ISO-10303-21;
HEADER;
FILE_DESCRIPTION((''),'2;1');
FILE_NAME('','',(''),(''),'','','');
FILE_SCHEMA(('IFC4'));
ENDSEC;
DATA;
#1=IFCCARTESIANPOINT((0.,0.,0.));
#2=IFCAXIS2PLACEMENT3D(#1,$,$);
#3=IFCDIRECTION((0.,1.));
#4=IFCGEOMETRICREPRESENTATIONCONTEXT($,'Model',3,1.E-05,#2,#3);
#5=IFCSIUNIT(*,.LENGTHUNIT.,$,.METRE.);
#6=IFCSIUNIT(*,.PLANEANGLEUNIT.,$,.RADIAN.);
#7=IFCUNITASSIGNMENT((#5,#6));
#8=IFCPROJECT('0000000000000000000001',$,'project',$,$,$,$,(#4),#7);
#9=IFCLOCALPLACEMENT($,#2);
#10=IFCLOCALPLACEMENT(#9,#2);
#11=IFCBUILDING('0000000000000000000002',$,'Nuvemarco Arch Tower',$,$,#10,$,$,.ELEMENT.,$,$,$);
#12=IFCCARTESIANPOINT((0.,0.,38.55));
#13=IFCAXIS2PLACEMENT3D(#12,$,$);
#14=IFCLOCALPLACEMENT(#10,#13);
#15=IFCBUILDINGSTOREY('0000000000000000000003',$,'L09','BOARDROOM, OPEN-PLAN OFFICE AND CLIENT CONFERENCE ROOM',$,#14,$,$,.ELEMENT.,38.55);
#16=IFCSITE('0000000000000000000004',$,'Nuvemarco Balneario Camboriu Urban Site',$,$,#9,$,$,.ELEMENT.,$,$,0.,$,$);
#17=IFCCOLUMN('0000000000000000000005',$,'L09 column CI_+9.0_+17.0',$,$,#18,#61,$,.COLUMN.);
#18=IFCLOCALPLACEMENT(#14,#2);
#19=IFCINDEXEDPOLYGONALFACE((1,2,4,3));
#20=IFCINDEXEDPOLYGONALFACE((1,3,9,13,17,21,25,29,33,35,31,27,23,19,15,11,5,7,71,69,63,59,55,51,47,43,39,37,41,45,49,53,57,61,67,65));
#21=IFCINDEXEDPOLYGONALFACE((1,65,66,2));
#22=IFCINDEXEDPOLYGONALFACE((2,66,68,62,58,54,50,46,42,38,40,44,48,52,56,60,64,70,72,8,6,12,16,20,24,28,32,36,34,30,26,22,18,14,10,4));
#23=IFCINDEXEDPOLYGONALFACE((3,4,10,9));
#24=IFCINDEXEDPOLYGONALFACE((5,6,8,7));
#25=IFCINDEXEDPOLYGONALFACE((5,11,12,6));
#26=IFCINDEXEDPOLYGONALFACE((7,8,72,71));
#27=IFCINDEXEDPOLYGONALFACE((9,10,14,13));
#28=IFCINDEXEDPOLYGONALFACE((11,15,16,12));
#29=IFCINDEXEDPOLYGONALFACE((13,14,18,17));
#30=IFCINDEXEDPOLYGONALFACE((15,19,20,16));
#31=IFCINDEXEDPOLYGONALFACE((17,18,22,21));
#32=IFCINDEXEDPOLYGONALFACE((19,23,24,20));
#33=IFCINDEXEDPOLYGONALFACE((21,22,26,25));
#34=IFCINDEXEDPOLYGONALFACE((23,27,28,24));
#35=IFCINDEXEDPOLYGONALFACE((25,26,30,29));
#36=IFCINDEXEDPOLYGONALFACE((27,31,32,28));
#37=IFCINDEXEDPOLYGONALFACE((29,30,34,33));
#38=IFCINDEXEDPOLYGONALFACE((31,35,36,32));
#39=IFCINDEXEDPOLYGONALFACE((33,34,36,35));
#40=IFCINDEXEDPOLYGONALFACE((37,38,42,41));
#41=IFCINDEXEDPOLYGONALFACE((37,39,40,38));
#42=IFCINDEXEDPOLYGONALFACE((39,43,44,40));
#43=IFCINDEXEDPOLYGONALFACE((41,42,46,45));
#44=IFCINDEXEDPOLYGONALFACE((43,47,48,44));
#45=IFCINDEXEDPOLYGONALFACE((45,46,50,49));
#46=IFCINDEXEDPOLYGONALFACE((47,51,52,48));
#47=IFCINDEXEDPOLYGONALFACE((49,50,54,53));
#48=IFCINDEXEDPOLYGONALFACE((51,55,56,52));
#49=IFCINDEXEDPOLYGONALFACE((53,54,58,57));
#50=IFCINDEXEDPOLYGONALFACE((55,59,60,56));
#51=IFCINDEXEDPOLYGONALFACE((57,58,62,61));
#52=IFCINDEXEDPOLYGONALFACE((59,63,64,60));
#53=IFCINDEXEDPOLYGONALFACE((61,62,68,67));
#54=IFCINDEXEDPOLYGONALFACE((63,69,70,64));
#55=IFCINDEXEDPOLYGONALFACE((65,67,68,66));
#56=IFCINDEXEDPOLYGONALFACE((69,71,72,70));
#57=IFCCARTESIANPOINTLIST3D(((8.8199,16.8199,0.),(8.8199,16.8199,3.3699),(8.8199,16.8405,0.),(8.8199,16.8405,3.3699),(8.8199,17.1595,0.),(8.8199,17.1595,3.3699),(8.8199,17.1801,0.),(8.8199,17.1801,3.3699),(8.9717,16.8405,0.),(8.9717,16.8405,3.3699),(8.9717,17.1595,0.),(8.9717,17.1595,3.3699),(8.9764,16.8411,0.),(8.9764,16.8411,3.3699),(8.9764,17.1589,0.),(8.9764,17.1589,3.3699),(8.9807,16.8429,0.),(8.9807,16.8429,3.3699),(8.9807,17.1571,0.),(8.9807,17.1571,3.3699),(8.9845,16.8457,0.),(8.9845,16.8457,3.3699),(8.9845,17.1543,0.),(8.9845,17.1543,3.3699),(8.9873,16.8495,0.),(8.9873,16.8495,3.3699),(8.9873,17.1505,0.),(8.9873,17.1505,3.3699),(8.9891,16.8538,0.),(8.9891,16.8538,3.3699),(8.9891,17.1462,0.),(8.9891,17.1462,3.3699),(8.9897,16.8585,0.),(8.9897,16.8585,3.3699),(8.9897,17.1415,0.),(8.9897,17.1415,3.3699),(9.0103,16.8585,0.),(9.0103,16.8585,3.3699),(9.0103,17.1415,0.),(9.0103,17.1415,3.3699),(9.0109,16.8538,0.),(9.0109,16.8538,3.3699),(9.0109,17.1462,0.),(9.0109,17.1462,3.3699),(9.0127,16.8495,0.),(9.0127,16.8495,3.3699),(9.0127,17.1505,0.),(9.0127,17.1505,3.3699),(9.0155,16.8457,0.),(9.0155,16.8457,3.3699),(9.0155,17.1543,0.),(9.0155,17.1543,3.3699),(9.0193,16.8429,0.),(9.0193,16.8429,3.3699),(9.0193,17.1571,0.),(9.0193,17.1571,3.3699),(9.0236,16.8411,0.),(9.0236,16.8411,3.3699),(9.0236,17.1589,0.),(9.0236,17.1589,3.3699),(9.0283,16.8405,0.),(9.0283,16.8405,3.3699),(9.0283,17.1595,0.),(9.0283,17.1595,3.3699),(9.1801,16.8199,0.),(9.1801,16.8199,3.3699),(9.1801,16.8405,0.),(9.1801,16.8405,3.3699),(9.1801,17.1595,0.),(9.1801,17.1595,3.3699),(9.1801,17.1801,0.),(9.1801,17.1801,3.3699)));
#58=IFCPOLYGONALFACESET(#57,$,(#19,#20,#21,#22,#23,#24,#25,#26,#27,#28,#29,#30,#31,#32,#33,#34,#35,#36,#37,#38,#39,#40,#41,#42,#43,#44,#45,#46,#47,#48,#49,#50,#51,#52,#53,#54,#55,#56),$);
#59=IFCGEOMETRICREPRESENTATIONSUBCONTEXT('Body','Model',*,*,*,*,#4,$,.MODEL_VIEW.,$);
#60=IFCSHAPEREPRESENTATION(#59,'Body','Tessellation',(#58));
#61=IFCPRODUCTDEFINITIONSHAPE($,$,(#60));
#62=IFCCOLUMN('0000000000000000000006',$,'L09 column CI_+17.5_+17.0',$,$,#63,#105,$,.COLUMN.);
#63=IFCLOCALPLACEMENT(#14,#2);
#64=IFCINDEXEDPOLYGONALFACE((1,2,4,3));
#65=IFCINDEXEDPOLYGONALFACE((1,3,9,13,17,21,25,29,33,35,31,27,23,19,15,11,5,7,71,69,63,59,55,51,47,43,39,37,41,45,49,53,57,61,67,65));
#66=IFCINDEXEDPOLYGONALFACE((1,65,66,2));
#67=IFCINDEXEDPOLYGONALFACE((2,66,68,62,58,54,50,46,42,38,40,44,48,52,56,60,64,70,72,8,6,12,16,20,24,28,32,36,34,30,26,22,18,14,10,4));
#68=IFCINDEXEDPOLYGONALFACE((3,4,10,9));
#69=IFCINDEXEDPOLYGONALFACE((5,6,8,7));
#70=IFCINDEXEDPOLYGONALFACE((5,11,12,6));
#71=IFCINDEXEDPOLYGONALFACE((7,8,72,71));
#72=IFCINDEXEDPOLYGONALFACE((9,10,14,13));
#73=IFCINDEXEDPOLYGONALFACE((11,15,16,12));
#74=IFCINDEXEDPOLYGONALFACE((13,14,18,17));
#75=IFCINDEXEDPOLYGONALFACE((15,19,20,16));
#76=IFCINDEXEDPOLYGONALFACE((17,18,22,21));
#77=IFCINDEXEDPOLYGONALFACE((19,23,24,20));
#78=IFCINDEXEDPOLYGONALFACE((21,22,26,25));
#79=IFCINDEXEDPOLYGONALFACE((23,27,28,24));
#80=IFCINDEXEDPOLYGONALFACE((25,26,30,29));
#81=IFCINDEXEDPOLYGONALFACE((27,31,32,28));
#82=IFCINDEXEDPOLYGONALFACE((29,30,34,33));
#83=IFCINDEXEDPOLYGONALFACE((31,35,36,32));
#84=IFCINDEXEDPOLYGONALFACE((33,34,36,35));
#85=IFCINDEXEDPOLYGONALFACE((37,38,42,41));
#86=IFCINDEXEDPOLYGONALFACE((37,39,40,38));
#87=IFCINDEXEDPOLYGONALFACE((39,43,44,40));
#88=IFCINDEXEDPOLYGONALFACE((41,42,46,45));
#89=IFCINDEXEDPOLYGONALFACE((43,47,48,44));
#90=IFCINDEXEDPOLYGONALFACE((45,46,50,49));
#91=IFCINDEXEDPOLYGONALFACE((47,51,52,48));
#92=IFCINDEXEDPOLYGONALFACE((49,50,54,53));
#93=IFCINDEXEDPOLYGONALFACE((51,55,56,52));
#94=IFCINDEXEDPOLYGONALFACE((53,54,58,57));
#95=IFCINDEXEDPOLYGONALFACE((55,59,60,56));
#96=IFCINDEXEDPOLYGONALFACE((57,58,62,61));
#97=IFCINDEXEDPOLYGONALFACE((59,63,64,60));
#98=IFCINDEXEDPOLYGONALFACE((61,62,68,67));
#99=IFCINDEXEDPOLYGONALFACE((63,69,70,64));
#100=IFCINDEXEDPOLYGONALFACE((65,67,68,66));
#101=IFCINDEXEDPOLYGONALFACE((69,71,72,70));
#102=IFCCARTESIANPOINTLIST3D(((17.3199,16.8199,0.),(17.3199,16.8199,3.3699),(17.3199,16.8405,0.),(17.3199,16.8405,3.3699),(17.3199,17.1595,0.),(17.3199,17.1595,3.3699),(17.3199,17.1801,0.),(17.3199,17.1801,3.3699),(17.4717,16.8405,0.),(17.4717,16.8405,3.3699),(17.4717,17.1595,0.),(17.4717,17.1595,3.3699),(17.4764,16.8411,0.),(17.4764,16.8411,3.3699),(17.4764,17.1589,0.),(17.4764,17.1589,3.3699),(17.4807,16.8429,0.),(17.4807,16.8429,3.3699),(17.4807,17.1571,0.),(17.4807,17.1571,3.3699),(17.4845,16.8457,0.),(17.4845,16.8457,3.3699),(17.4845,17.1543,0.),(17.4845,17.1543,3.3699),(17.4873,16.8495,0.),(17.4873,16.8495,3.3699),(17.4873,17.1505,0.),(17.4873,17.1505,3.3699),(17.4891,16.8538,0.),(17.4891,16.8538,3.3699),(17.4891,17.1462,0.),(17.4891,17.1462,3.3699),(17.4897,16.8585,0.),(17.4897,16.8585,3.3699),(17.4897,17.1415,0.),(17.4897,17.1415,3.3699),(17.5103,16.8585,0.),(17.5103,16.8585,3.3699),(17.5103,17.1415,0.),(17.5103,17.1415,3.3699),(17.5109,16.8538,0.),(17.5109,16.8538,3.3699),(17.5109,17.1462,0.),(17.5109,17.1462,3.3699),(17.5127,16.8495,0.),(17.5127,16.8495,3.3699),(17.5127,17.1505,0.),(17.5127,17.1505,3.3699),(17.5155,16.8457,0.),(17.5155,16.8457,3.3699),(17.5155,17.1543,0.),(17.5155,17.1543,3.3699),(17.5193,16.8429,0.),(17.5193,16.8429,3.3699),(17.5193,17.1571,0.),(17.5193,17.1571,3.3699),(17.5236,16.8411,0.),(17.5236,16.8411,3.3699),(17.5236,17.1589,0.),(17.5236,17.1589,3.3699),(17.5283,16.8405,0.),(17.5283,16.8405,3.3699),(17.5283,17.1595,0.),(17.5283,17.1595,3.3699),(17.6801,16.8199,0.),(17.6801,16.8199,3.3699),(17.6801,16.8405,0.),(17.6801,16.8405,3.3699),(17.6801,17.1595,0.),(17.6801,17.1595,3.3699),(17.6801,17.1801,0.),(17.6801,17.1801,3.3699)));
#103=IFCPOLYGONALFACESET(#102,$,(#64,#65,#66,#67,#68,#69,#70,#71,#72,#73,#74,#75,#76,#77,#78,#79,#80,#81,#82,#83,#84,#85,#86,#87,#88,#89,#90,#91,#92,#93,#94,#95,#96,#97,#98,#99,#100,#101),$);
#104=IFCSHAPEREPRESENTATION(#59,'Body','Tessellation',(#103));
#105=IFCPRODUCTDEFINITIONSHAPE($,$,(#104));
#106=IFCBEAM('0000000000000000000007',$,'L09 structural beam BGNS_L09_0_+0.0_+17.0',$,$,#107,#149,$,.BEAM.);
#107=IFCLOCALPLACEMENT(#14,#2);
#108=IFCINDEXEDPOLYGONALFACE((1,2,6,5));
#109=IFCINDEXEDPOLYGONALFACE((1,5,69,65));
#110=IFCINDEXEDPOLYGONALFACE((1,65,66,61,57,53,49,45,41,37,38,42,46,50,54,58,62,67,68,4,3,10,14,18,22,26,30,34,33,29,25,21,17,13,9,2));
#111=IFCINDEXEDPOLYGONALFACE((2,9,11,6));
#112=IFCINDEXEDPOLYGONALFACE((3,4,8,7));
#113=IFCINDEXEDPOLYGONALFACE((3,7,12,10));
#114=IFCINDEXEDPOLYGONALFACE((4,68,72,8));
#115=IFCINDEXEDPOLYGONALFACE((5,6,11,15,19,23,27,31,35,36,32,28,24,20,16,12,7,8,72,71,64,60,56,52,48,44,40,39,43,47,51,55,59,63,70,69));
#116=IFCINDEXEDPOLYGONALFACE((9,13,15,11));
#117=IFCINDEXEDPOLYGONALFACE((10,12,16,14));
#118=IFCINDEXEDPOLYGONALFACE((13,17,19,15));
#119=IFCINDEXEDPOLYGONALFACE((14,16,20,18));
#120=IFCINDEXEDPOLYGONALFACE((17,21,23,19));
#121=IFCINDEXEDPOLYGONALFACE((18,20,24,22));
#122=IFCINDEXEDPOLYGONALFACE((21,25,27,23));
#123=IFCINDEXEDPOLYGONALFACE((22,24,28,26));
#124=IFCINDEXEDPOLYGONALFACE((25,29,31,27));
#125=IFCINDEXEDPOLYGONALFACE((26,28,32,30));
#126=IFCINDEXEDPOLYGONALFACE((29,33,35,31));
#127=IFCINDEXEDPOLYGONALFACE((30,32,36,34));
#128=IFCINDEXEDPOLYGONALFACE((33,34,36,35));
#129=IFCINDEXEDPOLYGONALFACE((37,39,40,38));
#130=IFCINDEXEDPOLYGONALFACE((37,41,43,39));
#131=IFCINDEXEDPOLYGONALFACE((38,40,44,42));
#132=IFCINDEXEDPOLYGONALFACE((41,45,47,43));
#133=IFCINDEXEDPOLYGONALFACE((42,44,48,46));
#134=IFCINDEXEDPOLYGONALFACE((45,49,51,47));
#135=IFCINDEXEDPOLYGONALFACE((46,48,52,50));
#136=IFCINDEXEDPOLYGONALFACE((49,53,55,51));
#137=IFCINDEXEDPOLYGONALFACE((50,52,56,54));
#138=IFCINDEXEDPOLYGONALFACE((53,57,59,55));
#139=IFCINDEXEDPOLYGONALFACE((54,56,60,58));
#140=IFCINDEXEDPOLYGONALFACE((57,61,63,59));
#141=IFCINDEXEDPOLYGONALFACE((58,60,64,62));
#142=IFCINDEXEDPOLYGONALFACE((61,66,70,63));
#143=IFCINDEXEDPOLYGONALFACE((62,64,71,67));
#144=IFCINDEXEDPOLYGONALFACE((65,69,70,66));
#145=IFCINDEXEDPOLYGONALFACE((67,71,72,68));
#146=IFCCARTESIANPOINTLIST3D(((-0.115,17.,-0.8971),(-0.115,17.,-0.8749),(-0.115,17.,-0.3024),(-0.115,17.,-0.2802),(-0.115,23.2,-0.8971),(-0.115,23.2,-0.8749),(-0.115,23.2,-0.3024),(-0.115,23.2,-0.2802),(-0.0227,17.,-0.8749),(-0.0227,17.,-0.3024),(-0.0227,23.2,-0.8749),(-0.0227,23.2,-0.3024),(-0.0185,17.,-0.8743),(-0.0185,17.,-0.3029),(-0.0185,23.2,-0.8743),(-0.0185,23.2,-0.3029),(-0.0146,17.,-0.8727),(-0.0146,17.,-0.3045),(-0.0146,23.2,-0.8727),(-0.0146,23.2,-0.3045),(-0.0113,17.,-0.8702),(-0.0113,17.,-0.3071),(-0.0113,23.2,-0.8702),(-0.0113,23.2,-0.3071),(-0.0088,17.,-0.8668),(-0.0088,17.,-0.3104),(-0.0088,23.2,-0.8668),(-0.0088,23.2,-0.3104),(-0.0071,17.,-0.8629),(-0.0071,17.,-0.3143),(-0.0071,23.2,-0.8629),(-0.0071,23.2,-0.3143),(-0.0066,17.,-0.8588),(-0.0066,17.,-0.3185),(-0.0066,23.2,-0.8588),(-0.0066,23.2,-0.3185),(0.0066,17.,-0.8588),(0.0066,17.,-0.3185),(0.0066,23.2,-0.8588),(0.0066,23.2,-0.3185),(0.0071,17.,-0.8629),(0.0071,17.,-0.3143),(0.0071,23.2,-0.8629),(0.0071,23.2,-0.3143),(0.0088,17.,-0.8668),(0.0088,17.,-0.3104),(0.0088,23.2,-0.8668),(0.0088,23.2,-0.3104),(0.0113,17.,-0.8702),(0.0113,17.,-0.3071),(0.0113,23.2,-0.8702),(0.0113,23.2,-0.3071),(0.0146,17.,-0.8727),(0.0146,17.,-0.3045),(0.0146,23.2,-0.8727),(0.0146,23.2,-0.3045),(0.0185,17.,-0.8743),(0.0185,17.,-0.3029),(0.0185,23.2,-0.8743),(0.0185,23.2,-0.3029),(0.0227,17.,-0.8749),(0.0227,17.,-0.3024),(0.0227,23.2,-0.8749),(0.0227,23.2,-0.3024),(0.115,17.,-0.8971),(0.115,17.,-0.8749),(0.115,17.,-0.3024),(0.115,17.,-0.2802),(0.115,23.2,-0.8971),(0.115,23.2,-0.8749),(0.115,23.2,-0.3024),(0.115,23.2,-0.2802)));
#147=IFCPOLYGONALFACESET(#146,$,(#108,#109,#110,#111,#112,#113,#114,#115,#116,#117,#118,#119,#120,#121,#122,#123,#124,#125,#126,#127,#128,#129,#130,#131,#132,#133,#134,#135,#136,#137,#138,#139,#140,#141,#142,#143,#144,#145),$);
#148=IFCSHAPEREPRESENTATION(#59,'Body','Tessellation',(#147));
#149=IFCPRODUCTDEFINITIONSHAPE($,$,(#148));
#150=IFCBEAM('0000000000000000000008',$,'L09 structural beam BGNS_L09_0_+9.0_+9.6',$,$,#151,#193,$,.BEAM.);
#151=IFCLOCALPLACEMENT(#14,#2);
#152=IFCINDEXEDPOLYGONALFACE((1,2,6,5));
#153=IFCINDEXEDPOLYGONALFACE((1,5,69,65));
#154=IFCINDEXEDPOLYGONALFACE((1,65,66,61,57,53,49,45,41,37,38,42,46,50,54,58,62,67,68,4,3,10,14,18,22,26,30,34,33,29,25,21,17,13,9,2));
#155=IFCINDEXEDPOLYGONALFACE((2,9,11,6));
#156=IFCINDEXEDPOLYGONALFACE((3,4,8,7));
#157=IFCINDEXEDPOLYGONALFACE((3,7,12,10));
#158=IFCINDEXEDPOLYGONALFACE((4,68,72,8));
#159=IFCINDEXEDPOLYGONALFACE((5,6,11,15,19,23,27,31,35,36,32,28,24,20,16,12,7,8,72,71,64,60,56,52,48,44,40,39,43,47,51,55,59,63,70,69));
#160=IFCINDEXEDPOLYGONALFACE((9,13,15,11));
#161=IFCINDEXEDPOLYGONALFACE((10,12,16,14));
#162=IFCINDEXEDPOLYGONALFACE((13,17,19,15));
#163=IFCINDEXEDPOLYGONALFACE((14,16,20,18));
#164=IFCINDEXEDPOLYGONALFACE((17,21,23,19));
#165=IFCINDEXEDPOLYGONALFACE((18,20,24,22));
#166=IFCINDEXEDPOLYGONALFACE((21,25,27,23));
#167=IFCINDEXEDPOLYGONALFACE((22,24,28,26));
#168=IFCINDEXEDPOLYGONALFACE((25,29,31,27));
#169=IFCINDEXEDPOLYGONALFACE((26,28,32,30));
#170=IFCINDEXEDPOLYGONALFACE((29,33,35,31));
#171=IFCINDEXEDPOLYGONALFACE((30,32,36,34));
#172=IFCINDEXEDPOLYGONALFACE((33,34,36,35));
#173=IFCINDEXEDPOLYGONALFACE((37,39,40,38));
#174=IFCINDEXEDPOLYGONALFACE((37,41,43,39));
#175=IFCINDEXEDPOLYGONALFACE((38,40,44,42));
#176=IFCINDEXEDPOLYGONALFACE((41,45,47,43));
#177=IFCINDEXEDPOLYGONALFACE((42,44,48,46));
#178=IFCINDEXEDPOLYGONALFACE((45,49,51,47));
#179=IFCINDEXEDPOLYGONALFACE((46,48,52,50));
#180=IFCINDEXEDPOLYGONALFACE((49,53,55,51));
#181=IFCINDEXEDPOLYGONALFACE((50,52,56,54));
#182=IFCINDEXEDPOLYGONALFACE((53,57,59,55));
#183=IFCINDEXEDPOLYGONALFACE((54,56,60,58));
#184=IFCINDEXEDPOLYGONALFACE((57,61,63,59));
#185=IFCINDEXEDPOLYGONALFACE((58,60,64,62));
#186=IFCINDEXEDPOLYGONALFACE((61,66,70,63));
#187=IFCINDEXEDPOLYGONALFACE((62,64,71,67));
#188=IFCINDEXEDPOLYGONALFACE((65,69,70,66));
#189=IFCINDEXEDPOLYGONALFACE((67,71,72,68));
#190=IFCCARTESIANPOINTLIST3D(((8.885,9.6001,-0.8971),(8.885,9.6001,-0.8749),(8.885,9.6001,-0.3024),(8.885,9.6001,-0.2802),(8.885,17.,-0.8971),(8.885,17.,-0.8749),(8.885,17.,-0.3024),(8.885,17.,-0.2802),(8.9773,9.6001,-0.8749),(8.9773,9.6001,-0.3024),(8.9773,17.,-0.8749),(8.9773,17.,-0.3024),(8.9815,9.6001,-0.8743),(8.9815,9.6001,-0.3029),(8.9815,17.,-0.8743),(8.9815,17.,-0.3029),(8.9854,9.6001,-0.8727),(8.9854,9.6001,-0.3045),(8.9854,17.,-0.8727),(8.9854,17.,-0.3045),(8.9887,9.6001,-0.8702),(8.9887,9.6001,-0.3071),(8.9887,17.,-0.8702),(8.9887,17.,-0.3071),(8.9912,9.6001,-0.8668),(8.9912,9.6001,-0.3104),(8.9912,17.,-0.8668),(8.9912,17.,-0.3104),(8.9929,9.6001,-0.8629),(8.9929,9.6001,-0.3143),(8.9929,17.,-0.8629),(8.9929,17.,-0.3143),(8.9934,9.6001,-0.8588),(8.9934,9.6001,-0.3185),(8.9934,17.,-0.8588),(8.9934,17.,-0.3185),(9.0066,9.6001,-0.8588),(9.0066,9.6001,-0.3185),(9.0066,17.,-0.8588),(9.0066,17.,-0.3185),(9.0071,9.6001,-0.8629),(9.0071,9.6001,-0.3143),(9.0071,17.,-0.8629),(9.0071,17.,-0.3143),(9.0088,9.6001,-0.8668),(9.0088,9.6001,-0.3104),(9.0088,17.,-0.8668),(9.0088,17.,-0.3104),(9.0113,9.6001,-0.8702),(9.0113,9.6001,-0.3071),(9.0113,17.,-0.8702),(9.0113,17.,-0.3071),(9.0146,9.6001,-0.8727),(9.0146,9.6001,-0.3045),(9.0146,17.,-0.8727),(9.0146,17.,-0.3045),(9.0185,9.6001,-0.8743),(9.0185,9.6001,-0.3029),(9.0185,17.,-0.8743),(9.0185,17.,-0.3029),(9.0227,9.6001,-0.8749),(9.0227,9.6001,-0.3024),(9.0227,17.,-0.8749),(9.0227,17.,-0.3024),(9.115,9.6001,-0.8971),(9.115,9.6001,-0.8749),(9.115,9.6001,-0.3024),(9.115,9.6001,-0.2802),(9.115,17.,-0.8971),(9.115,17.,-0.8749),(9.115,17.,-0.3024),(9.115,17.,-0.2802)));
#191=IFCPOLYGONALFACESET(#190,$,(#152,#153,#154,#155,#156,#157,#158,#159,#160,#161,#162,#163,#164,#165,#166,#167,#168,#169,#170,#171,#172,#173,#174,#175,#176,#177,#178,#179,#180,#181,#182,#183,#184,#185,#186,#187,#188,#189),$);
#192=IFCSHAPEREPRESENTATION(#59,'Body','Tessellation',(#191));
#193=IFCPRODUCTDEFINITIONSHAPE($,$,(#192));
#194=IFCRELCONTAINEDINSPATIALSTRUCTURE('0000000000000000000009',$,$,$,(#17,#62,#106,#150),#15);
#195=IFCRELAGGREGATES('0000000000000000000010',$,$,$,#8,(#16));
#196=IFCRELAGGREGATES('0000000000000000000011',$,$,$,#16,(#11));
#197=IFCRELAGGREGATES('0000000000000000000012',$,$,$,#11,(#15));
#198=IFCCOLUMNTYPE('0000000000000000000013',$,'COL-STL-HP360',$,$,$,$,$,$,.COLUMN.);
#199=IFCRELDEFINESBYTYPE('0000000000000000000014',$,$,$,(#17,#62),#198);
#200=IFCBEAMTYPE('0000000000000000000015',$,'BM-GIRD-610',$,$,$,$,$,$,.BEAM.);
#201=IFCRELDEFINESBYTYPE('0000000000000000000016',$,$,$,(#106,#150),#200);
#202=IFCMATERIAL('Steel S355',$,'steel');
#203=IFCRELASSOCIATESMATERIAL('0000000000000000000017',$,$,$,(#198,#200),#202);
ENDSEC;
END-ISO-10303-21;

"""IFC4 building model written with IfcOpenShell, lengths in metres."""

from ifc_helpers import new_model, si_unit, direction, frame, origin, origin_2d, place, context, subcontext, project, spatial, i_section, extrude, material, material_profile, profile_set, type_object, element, save


model = new_model("IFC4")

# Units and contexts
model_context = context("Model", 3, precision=1e-05, world=origin(), true_north=direction((0.0, 1.0)))
body_context = subcontext(model_context, "Body", "Model", "MODEL_VIEW")
ifc_project = project(units=[si_unit("LENGTHUNIT", "METRE"), si_unit("PLANEANGLEUNIT", "RADIAN")], contexts=[model_context])

# Site, building, storey
site_placement = place(None, origin())
site = spatial("IfcSite", under=ifc_project, at=site_placement, Name="Nuvemarco Balneario Camboriu Urban Site", CompositionType="ELEMENT", RefElevation=0.0)
building_placement = place(site_placement, origin())
building = spatial("IfcBuilding", under=site, at=building_placement, Name="Nuvemarco Arch Tower", CompositionType="ELEMENT")
storey_placement = place(building_placement, frame((0.0, 0.0, 38.55)))
storey = spatial("IfcBuildingStorey", under=building, at=storey_placement, Name="L09", Description="BOARDROOM, OPEN-PLAN OFFICE AND CLIENT CONFERENCE ROOM", CompositionType="ELEMENT", Elevation=38.55)

# Columns
ifc_material_1 = material(Name="Steel S355", Category="steel")
ifc_material_profile_1 = material_profile(ifc_material_1, i_section(OverallWidth=0.3601, OverallDepth=0.3601, WebThickness=0.0205, FlangeThickness=0.0205, FilletRadius=0.0181, at=origin_2d()), Name="HP360x174")
ifc_profile_set_1 = profile_set([ifc_material_profile_1], Name="Steel S355")
column_type_1 = type_object("IfcColumnType", Name="COL-STL-HP360", PredefinedType="COLUMN", material=ifc_profile_set_1)
for number, where, z_axis, x_axis, name in (
    (1, (9.0, 17.0, 0.0), (0.0, 0.0, 1.0), (1.0, 0.0, 0.0), "L09 column CI_+9.0_+17.0"),
    (2, (17.5, 17.0, 0.0), (0.0, 0.0, 1.0), (1.0, 0.0, 0.0), "L09 column CI_+17.5_+17.0"),
):
    element("IfcColumn", number, at=place(storey_placement, frame(where, z_axis=z_axis, x_axis=x_axis)), inside=storey, type_object=column_type_1, Name=name, PredefinedType="COLUMN", context=body_context, shape_type="SweptSolid", body=[
        extrude(i_section(OverallWidth=0.3601, OverallDepth=0.3601, WebThickness=0.0205, FlangeThickness=0.0205, FilletRadius=0.0181, at=origin_2d()), origin(), (0.0, 0.0, 1.0), 3.3699),
    ])

# Beams
ifc_material_profile_2 = material_profile(ifc_material_1, i_section(OverallWidth=0.23, OverallDepth=0.6169, WebThickness=0.0132, FlangeThickness=0.0222, FilletRadius=0.0161, at=origin_2d()), Name="W610x140")
ifc_profile_set_2 = profile_set([ifc_material_profile_2], Name="Steel S355")
beam_type_1 = type_object("IfcBeamType", Name="BM-GIRD-610", PredefinedType="BEAM", material=ifc_profile_set_2)
beam_1_placement = place(storey_placement, frame((0.0, 17.0, -0.5886), z_axis=(0.0, 1.0, 0.0), x_axis=(-1.0, 0.0, 0.0)))
element("IfcBeam", 3, at=beam_1_placement, inside=storey, type_object=beam_type_1, Name="L09 structural beam BGNS_L09_0_+0.0_+17.0", PredefinedType="BEAM", context=body_context, shape_type="SweptSolid", body=[
    extrude(i_section(OverallWidth=0.23, OverallDepth=0.6169, WebThickness=0.0132, FlangeThickness=0.0222, FilletRadius=0.0161, at=origin_2d()), origin(), (0.0, 0.0, 1.0), 6.2),
])
beam_2_placement = place(storey_placement, frame((9.0, 9.6001, -0.5886), z_axis=(0.0, 1.0, 0.0), x_axis=(-1.0, 0.0, 0.0)))
element("IfcBeam", 4, at=beam_2_placement, inside=storey, type_object=beam_type_1, Name="L09 structural beam BGNS_L09_0_+9.0_+9.6", PredefinedType="BEAM", context=body_context, shape_type="SweptSolid", body=[
    extrude(i_section(OverallWidth=0.23, OverallDepth=0.6169, WebThickness=0.0132, FlangeThickness=0.0222, FilletRadius=0.0161, at=origin_2d()), origin(), (0.0, 0.0, 1.0), 7.3999),
])

save(model, "model.ifc")
